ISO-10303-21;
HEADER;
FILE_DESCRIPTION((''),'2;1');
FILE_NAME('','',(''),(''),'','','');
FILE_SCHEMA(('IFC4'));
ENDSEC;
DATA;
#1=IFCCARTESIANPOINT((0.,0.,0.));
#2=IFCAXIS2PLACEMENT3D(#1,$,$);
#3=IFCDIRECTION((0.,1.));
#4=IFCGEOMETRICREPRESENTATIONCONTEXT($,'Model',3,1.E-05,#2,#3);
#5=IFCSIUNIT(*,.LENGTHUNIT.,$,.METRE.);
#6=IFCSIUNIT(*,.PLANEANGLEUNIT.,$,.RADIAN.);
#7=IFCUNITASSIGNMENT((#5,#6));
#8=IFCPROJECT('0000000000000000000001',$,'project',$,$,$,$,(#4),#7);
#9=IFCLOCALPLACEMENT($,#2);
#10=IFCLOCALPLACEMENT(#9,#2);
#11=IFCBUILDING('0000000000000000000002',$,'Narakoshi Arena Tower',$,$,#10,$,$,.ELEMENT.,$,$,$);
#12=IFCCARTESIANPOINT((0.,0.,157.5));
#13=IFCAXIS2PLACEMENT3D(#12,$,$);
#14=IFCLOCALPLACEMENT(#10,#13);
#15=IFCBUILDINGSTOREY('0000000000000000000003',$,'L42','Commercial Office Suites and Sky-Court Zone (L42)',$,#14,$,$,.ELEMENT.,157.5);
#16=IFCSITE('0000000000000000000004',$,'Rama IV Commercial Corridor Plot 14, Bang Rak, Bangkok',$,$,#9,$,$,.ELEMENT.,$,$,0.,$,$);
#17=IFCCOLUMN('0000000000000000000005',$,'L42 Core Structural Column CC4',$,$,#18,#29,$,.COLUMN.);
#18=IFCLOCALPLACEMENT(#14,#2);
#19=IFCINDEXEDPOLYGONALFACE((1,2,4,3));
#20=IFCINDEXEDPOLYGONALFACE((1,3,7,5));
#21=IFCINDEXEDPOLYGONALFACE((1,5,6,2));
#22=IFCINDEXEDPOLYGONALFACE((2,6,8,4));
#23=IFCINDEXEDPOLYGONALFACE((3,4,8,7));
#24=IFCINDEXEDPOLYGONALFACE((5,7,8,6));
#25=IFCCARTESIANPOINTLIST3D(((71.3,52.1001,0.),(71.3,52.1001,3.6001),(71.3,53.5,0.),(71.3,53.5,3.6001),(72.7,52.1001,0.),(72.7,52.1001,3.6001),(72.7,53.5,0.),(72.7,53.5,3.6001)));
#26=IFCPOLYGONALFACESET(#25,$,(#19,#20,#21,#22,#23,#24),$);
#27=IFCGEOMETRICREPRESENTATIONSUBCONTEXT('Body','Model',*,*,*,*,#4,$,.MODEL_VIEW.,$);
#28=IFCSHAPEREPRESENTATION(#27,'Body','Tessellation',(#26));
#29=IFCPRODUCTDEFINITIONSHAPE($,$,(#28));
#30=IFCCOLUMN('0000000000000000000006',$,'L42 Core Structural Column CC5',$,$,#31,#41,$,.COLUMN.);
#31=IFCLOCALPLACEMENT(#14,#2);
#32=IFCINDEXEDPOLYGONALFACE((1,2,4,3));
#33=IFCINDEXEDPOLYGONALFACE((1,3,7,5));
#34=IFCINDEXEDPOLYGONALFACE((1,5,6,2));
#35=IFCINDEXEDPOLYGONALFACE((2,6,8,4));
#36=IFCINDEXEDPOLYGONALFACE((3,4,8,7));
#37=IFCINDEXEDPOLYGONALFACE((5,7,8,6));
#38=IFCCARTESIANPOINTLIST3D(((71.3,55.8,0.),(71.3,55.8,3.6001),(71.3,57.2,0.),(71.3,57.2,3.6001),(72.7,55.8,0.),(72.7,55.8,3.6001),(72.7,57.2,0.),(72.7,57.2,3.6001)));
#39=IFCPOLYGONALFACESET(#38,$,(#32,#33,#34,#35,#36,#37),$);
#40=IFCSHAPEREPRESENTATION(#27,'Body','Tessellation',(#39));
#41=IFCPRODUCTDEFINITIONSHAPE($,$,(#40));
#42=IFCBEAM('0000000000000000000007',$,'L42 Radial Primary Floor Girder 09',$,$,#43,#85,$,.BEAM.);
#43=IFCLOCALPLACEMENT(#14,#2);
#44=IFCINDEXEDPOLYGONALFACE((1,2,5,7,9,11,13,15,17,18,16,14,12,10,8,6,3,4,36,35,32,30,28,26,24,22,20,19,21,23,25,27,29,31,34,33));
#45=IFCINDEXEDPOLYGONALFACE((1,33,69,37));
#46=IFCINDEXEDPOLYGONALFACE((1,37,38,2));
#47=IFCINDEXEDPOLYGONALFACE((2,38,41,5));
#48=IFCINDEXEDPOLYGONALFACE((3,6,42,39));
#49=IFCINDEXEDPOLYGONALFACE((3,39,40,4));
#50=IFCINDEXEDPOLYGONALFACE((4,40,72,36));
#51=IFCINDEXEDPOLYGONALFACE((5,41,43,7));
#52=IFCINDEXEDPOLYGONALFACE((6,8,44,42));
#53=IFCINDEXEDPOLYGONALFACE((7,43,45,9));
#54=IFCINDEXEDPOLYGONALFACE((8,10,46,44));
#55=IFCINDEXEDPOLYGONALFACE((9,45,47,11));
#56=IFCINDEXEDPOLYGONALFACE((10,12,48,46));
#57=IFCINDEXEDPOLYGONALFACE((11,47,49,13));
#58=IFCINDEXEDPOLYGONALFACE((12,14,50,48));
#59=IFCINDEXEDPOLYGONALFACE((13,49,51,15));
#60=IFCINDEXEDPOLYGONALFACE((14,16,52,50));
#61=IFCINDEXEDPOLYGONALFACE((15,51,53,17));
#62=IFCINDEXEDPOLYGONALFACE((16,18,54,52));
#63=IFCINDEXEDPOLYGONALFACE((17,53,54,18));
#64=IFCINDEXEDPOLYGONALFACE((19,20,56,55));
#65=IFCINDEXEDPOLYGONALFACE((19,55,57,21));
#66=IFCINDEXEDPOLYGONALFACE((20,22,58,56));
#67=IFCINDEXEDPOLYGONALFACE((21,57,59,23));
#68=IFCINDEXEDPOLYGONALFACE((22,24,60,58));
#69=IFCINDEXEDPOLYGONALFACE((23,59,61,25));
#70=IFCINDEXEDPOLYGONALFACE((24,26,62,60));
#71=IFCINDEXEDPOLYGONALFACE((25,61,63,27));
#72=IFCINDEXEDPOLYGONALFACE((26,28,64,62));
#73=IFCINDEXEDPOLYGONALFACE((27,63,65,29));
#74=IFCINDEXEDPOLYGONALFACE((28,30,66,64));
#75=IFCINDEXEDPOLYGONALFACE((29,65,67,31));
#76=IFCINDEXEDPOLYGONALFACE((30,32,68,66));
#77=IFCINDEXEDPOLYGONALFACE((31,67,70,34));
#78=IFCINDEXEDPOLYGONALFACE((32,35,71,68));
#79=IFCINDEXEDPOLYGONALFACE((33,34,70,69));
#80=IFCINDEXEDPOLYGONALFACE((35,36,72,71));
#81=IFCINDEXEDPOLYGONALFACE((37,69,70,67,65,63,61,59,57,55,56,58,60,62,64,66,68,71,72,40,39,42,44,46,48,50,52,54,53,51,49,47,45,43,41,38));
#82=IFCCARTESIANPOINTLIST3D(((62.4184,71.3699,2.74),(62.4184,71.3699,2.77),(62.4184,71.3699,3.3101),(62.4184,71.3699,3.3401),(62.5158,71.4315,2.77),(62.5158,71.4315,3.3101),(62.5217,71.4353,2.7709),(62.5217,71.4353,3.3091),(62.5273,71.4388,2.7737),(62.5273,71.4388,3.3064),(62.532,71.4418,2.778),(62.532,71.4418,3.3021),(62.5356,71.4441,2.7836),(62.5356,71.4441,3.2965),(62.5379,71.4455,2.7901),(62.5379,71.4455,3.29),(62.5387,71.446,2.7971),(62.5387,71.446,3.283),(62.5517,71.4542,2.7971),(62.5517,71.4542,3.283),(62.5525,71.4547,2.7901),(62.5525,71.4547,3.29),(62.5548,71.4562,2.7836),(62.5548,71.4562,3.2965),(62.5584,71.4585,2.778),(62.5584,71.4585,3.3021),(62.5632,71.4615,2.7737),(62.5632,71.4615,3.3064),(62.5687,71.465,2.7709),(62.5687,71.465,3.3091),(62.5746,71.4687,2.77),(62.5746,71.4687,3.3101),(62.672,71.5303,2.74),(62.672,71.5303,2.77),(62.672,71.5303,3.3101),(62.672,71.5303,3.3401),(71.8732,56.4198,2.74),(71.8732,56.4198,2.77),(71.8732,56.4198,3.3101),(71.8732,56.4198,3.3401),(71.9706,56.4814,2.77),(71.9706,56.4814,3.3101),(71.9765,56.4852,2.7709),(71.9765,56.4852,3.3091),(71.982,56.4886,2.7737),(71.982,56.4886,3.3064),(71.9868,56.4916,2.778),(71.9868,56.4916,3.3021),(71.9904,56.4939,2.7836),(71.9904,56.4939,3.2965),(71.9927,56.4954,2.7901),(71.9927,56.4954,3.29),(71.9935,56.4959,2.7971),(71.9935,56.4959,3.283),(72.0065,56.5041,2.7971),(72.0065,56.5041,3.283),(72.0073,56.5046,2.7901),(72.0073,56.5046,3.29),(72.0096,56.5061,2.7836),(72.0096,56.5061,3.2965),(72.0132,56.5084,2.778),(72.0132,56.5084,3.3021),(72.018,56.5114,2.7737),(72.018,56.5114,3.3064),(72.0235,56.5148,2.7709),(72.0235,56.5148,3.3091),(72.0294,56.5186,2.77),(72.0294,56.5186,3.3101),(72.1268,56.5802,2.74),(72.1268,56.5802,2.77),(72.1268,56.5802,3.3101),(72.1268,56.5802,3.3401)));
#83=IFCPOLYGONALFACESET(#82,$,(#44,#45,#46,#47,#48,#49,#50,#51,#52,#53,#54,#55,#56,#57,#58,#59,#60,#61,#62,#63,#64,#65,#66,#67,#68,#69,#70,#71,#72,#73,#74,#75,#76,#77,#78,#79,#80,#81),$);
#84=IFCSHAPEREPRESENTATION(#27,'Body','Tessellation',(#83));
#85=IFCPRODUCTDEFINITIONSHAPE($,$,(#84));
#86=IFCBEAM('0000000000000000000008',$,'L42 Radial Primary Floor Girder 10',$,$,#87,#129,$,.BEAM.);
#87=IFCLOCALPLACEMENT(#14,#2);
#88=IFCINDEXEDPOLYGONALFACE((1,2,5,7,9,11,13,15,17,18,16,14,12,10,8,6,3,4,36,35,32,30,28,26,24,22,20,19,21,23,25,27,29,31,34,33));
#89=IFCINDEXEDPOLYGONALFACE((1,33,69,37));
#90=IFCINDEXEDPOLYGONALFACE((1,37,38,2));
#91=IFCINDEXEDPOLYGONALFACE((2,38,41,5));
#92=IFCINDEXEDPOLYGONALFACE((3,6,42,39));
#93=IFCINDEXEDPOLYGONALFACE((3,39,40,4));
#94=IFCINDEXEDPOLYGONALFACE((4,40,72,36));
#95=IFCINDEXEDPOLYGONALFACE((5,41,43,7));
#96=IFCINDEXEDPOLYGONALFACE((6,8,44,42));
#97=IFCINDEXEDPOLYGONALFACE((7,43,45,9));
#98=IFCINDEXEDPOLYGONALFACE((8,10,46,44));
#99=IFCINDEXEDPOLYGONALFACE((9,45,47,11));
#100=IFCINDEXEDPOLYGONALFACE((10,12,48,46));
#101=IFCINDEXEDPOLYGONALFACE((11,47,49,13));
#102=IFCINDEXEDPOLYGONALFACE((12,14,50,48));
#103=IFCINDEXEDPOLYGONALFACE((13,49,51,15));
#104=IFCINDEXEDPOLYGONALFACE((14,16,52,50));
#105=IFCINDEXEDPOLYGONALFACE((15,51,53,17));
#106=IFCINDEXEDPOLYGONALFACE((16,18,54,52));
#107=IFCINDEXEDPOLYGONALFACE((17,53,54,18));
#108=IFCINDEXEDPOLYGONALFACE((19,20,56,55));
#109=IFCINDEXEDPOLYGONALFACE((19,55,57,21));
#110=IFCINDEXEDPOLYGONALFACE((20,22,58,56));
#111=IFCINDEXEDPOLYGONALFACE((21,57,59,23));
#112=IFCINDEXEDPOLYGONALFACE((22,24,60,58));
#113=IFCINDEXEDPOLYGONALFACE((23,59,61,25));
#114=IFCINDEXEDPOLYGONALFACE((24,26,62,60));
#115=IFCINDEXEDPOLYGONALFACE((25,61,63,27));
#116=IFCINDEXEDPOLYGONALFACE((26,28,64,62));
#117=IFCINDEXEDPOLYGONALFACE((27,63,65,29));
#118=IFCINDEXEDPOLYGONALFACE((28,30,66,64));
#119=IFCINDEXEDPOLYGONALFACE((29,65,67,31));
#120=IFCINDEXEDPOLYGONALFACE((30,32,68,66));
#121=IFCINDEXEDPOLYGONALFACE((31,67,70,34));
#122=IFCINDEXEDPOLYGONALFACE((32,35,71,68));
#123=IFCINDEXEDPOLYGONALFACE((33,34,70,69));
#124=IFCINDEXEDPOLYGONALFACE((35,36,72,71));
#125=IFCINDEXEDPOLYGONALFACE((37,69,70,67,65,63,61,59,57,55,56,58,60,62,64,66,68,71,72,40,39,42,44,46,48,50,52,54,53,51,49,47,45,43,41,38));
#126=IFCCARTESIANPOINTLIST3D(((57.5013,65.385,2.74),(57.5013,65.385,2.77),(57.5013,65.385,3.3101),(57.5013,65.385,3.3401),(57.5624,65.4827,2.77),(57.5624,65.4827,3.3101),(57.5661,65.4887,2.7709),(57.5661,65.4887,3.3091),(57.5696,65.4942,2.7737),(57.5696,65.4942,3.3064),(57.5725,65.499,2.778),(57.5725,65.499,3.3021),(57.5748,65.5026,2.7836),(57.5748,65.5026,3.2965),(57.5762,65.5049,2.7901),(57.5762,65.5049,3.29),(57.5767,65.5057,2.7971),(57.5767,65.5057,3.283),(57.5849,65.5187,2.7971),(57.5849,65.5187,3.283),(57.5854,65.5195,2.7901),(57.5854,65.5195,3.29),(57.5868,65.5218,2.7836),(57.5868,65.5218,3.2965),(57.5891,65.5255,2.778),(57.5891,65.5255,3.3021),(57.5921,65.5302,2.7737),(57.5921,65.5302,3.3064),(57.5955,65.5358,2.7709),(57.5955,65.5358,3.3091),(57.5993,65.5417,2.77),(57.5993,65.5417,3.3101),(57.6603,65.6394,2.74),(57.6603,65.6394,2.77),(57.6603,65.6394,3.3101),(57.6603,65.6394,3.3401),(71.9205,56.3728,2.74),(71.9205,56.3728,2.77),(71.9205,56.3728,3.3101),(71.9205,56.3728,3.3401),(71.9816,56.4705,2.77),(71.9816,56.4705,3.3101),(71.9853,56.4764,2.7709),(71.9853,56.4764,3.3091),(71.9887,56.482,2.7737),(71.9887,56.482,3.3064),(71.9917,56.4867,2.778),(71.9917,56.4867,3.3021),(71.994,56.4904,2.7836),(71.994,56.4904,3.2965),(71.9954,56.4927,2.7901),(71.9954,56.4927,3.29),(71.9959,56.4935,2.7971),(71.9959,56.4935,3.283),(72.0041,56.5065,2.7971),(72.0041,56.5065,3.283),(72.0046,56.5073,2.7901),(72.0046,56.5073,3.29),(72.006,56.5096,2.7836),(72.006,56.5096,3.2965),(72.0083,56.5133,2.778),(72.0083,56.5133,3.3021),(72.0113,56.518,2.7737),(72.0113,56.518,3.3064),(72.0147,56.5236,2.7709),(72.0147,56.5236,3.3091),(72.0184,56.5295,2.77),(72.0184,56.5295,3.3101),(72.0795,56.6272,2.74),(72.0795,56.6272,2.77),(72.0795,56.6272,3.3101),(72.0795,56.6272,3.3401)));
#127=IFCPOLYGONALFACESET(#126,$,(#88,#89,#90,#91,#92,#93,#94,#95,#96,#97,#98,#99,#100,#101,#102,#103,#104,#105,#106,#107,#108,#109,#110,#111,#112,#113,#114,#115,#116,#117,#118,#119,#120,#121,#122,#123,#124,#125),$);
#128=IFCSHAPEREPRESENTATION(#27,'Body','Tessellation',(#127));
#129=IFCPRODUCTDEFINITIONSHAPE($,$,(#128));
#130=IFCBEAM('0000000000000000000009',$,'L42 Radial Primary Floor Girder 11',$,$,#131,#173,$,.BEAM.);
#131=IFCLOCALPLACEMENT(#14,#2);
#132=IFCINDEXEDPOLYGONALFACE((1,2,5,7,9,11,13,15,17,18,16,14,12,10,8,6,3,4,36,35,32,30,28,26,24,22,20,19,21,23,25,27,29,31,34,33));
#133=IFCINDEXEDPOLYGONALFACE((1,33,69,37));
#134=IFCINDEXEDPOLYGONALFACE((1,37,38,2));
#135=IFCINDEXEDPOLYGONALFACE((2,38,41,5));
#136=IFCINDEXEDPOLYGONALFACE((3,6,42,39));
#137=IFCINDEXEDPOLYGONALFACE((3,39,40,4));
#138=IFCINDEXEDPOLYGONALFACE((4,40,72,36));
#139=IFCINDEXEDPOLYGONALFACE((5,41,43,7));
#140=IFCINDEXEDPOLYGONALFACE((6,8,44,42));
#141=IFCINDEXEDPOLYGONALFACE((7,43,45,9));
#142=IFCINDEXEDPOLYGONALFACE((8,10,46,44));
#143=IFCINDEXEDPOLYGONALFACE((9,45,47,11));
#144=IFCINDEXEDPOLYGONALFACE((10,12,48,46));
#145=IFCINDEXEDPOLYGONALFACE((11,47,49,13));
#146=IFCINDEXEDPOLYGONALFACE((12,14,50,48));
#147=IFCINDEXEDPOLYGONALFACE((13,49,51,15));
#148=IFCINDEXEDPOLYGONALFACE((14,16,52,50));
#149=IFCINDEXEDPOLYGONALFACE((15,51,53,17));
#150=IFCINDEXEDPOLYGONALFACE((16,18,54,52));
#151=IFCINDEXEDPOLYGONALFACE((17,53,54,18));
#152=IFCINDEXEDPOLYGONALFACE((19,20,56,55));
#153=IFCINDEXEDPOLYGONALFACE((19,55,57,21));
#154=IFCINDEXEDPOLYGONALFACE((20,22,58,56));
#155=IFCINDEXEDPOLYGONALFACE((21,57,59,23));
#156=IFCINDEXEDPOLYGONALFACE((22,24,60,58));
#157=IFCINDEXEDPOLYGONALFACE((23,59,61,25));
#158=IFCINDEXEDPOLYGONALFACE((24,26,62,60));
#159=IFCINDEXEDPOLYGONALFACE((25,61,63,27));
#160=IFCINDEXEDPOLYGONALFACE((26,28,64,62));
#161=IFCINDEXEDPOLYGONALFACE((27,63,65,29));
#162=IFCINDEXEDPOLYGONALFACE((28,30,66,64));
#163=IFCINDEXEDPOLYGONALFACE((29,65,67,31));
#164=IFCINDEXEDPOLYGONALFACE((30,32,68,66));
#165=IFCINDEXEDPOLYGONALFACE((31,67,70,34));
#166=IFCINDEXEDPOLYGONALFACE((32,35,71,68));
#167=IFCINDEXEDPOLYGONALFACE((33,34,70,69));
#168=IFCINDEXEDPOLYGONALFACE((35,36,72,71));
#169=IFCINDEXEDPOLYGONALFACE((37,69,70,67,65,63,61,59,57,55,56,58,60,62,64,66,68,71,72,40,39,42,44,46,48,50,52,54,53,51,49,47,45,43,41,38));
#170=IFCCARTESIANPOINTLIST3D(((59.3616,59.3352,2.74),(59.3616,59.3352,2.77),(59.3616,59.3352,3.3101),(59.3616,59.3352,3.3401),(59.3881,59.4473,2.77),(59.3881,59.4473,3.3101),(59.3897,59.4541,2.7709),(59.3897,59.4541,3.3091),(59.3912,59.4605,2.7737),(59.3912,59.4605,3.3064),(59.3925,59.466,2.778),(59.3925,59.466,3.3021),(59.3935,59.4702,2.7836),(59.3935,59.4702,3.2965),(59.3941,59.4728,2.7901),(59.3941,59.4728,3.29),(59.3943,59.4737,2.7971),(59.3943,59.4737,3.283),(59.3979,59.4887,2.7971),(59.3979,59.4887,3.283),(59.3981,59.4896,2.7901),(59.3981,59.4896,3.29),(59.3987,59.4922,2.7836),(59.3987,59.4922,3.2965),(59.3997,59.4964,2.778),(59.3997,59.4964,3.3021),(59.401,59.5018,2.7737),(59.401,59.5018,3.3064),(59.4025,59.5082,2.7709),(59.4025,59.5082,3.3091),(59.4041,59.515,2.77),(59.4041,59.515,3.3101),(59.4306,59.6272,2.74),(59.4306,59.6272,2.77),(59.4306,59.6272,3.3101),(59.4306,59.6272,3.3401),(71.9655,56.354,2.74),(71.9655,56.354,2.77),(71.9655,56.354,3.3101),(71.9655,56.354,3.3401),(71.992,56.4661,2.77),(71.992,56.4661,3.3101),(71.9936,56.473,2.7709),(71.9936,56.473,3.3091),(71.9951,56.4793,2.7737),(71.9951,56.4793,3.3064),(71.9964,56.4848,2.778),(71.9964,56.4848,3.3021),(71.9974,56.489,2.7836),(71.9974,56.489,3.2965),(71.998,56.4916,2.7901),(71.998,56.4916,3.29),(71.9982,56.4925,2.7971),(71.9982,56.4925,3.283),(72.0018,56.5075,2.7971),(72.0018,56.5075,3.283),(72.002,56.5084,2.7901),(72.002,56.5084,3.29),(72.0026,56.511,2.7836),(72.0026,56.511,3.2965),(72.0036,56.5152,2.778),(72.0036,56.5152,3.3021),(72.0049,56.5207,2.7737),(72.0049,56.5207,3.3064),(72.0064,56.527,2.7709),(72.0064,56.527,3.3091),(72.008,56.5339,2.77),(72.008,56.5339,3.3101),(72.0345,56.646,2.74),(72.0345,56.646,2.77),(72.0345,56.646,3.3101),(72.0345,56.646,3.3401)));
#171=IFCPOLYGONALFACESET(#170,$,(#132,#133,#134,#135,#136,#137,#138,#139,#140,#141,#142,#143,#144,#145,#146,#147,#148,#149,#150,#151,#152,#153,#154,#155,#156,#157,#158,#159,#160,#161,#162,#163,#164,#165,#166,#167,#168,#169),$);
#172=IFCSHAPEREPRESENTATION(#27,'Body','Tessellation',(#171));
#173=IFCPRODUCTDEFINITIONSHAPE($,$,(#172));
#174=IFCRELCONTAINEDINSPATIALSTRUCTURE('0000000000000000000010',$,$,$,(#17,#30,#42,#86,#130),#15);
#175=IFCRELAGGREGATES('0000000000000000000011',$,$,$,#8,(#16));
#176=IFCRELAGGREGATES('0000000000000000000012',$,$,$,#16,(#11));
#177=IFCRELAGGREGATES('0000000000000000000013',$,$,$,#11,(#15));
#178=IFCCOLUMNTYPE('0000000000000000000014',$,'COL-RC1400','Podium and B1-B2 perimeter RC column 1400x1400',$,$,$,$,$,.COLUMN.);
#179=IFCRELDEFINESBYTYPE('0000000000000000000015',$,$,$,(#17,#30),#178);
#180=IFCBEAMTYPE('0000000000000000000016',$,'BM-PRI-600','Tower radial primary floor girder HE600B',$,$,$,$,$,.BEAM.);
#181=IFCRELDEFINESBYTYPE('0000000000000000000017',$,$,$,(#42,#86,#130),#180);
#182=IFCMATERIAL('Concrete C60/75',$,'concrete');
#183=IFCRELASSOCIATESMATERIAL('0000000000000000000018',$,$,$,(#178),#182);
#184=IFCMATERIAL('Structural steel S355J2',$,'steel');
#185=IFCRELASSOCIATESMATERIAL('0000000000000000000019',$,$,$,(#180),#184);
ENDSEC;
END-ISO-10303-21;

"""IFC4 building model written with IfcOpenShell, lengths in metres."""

from ifc_helpers import new_model, si_unit, direction, frame, origin, origin_2d, place, context, subcontext, project, spatial, rectangle, i_section, extrude, material, material_profile, profile_set, type_object, element, save


model = new_model("IFC4")

# Units and contexts
model_context = context("Model", 3, precision=1e-05, world=origin(), true_north=direction((0.0, 1.0)))
body_context = subcontext(model_context, "Body", "Model", "MODEL_VIEW")
ifc_project = project(units=[si_unit("LENGTHUNIT", "METRE"), si_unit("PLANEANGLEUNIT", "RADIAN")], contexts=[model_context])

# Site, building, storey
site_placement = place(None, origin())
site = spatial("IfcSite", under=ifc_project, at=site_placement, Name="Rama IV Commercial Corridor Plot 14, Bang Rak, Bangkok", CompositionType="ELEMENT", RefElevation=0.0)
building_placement = place(site_placement, origin())
building = spatial("IfcBuilding", under=site, at=building_placement, Name="Narakoshi Arena Tower", CompositionType="ELEMENT")
storey_placement = place(building_placement, frame((0.0, 0.0, 157.5)))
storey = spatial("IfcBuildingStorey", under=building, at=storey_placement, Name="L42", Description="Commercial Office Suites and Sky-Court Zone (L42)", CompositionType="ELEMENT", Elevation=157.5)

# Columns
ifc_material_1 = material(Name="Concrete C60/75", Category="concrete")
ifc_material_profile_1 = material_profile(ifc_material_1, rectangle(XDim=1.3999, YDim=1.3999, at=origin_2d()), Name="RC1400x1400")
ifc_profile_set_1 = profile_set([ifc_material_profile_1], Name="Concrete C60/75")
column_type = type_object("IfcColumnType", Name="COL-RC1400", Description="Podium and B1-B2 perimeter RC column 1400x1400", PredefinedType="COLUMN", material=ifc_profile_set_1)
for number, where, z_axis, x_axis, name in (
    (1, (72.0, 52.8, 0.0), (0.0, 0.0, 1.0), (1.0, 0.0, 0.0), "L42 Core Structural Column CC4"),
    (2, (72.0, 56.5, 0.0), (0.0, 0.0, 1.0), (1.0, 0.0, 0.0), "L42 Core Structural Column CC5"),
):
    element("IfcColumn", number, at=place(storey_placement, frame(where, z_axis=z_axis, x_axis=x_axis)), inside=storey, type_object=column_type, Name=name, PredefinedType="COLUMN", context=body_context, shape_type="SweptSolid", body=[
        extrude(rectangle(XDim=1.3999, YDim=1.3999, at=origin_2d()), origin(), (0.0, 0.0, 1.0), 3.6001),
    ])

# Beams
ifc_material_2 = material(Name="Structural steel S355J2", Category="steel")
ifc_material_profile_2 = material_profile(ifc_material_2, i_section(OverallWidth=0.3, OverallDepth=0.6001, WebThickness=0.0154, FlangeThickness=0.03, FilletRadius=0.0271, at=origin_2d()), Name="HE600B")
ifc_profile_set_2 = profile_set([ifc_material_profile_2], Name="Structural steel S355J2")
beam_type = type_object("IfcBeamType", Name="BM-PRI-600", Description="Tower radial primary floor girder HE600B", PredefinedType="BEAM", material=ifc_profile_set_2)
beam_1_placement = place(storey_placement, frame((72.0, 56.5, 3.04), z_axis=(-0.534502, 0.845167, 0.0), x_axis=(-0.845167, -0.534502, 0.0)))
element("IfcBeam", 3, at=beam_1_placement, inside=storey, type_object=beam_type, Name="L42 Radial Primary Floor Girder 09", PredefinedType="BEAM", context=body_context, shape_type="SweptSolid", body=[
    extrude(i_section(OverallWidth=0.3, OverallDepth=0.6001, WebThickness=0.0154, FlangeThickness=0.03, FilletRadius=0.0271, at=origin_2d()), origin(), (0.0, 0.0, 1.0), 17.689),
])
beam_2_placement = place(storey_placement, frame((72.0, 56.5, 3.04), z_axis=(-0.847993, 0.530008, 0.0), x_axis=(-0.530008, -0.847993, 0.0)))
element("IfcBeam", 4, at=beam_2_placement, inside=storey, type_object=beam_type, Name="L42 Radial Primary Floor Girder 10", PredefinedType="BEAM", context=body_context, shape_type="SweptSolid", body=[
    extrude(i_section(OverallWidth=0.3, OverallDepth=0.6001, WebThickness=0.0154, FlangeThickness=0.03, FilletRadius=0.0271, at=origin_2d()), origin(), (0.0, 0.0, 1.0), 17.0039),
])
beam_3_placement = place(storey_placement, frame((72.0, 56.5, 3.04), z_axis=(-0.973149, 0.230177, 0.0), x_axis=(-0.230177, -0.973149, 0.0)))
element("IfcBeam", 5, at=beam_3_placement, inside=storey, type_object=beam_type, Name="L42 Radial Primary Floor Girder 11", PredefinedType="BEAM", context=body_context, shape_type="SweptSolid", body=[
    extrude(i_section(OverallWidth=0.3, OverallDepth=0.6001, WebThickness=0.0154, FlangeThickness=0.03, FilletRadius=0.0271, at=origin_2d()), origin(), (0.0, 0.0, 1.0), 12.9517),
])

save(model, "model.ifc")
